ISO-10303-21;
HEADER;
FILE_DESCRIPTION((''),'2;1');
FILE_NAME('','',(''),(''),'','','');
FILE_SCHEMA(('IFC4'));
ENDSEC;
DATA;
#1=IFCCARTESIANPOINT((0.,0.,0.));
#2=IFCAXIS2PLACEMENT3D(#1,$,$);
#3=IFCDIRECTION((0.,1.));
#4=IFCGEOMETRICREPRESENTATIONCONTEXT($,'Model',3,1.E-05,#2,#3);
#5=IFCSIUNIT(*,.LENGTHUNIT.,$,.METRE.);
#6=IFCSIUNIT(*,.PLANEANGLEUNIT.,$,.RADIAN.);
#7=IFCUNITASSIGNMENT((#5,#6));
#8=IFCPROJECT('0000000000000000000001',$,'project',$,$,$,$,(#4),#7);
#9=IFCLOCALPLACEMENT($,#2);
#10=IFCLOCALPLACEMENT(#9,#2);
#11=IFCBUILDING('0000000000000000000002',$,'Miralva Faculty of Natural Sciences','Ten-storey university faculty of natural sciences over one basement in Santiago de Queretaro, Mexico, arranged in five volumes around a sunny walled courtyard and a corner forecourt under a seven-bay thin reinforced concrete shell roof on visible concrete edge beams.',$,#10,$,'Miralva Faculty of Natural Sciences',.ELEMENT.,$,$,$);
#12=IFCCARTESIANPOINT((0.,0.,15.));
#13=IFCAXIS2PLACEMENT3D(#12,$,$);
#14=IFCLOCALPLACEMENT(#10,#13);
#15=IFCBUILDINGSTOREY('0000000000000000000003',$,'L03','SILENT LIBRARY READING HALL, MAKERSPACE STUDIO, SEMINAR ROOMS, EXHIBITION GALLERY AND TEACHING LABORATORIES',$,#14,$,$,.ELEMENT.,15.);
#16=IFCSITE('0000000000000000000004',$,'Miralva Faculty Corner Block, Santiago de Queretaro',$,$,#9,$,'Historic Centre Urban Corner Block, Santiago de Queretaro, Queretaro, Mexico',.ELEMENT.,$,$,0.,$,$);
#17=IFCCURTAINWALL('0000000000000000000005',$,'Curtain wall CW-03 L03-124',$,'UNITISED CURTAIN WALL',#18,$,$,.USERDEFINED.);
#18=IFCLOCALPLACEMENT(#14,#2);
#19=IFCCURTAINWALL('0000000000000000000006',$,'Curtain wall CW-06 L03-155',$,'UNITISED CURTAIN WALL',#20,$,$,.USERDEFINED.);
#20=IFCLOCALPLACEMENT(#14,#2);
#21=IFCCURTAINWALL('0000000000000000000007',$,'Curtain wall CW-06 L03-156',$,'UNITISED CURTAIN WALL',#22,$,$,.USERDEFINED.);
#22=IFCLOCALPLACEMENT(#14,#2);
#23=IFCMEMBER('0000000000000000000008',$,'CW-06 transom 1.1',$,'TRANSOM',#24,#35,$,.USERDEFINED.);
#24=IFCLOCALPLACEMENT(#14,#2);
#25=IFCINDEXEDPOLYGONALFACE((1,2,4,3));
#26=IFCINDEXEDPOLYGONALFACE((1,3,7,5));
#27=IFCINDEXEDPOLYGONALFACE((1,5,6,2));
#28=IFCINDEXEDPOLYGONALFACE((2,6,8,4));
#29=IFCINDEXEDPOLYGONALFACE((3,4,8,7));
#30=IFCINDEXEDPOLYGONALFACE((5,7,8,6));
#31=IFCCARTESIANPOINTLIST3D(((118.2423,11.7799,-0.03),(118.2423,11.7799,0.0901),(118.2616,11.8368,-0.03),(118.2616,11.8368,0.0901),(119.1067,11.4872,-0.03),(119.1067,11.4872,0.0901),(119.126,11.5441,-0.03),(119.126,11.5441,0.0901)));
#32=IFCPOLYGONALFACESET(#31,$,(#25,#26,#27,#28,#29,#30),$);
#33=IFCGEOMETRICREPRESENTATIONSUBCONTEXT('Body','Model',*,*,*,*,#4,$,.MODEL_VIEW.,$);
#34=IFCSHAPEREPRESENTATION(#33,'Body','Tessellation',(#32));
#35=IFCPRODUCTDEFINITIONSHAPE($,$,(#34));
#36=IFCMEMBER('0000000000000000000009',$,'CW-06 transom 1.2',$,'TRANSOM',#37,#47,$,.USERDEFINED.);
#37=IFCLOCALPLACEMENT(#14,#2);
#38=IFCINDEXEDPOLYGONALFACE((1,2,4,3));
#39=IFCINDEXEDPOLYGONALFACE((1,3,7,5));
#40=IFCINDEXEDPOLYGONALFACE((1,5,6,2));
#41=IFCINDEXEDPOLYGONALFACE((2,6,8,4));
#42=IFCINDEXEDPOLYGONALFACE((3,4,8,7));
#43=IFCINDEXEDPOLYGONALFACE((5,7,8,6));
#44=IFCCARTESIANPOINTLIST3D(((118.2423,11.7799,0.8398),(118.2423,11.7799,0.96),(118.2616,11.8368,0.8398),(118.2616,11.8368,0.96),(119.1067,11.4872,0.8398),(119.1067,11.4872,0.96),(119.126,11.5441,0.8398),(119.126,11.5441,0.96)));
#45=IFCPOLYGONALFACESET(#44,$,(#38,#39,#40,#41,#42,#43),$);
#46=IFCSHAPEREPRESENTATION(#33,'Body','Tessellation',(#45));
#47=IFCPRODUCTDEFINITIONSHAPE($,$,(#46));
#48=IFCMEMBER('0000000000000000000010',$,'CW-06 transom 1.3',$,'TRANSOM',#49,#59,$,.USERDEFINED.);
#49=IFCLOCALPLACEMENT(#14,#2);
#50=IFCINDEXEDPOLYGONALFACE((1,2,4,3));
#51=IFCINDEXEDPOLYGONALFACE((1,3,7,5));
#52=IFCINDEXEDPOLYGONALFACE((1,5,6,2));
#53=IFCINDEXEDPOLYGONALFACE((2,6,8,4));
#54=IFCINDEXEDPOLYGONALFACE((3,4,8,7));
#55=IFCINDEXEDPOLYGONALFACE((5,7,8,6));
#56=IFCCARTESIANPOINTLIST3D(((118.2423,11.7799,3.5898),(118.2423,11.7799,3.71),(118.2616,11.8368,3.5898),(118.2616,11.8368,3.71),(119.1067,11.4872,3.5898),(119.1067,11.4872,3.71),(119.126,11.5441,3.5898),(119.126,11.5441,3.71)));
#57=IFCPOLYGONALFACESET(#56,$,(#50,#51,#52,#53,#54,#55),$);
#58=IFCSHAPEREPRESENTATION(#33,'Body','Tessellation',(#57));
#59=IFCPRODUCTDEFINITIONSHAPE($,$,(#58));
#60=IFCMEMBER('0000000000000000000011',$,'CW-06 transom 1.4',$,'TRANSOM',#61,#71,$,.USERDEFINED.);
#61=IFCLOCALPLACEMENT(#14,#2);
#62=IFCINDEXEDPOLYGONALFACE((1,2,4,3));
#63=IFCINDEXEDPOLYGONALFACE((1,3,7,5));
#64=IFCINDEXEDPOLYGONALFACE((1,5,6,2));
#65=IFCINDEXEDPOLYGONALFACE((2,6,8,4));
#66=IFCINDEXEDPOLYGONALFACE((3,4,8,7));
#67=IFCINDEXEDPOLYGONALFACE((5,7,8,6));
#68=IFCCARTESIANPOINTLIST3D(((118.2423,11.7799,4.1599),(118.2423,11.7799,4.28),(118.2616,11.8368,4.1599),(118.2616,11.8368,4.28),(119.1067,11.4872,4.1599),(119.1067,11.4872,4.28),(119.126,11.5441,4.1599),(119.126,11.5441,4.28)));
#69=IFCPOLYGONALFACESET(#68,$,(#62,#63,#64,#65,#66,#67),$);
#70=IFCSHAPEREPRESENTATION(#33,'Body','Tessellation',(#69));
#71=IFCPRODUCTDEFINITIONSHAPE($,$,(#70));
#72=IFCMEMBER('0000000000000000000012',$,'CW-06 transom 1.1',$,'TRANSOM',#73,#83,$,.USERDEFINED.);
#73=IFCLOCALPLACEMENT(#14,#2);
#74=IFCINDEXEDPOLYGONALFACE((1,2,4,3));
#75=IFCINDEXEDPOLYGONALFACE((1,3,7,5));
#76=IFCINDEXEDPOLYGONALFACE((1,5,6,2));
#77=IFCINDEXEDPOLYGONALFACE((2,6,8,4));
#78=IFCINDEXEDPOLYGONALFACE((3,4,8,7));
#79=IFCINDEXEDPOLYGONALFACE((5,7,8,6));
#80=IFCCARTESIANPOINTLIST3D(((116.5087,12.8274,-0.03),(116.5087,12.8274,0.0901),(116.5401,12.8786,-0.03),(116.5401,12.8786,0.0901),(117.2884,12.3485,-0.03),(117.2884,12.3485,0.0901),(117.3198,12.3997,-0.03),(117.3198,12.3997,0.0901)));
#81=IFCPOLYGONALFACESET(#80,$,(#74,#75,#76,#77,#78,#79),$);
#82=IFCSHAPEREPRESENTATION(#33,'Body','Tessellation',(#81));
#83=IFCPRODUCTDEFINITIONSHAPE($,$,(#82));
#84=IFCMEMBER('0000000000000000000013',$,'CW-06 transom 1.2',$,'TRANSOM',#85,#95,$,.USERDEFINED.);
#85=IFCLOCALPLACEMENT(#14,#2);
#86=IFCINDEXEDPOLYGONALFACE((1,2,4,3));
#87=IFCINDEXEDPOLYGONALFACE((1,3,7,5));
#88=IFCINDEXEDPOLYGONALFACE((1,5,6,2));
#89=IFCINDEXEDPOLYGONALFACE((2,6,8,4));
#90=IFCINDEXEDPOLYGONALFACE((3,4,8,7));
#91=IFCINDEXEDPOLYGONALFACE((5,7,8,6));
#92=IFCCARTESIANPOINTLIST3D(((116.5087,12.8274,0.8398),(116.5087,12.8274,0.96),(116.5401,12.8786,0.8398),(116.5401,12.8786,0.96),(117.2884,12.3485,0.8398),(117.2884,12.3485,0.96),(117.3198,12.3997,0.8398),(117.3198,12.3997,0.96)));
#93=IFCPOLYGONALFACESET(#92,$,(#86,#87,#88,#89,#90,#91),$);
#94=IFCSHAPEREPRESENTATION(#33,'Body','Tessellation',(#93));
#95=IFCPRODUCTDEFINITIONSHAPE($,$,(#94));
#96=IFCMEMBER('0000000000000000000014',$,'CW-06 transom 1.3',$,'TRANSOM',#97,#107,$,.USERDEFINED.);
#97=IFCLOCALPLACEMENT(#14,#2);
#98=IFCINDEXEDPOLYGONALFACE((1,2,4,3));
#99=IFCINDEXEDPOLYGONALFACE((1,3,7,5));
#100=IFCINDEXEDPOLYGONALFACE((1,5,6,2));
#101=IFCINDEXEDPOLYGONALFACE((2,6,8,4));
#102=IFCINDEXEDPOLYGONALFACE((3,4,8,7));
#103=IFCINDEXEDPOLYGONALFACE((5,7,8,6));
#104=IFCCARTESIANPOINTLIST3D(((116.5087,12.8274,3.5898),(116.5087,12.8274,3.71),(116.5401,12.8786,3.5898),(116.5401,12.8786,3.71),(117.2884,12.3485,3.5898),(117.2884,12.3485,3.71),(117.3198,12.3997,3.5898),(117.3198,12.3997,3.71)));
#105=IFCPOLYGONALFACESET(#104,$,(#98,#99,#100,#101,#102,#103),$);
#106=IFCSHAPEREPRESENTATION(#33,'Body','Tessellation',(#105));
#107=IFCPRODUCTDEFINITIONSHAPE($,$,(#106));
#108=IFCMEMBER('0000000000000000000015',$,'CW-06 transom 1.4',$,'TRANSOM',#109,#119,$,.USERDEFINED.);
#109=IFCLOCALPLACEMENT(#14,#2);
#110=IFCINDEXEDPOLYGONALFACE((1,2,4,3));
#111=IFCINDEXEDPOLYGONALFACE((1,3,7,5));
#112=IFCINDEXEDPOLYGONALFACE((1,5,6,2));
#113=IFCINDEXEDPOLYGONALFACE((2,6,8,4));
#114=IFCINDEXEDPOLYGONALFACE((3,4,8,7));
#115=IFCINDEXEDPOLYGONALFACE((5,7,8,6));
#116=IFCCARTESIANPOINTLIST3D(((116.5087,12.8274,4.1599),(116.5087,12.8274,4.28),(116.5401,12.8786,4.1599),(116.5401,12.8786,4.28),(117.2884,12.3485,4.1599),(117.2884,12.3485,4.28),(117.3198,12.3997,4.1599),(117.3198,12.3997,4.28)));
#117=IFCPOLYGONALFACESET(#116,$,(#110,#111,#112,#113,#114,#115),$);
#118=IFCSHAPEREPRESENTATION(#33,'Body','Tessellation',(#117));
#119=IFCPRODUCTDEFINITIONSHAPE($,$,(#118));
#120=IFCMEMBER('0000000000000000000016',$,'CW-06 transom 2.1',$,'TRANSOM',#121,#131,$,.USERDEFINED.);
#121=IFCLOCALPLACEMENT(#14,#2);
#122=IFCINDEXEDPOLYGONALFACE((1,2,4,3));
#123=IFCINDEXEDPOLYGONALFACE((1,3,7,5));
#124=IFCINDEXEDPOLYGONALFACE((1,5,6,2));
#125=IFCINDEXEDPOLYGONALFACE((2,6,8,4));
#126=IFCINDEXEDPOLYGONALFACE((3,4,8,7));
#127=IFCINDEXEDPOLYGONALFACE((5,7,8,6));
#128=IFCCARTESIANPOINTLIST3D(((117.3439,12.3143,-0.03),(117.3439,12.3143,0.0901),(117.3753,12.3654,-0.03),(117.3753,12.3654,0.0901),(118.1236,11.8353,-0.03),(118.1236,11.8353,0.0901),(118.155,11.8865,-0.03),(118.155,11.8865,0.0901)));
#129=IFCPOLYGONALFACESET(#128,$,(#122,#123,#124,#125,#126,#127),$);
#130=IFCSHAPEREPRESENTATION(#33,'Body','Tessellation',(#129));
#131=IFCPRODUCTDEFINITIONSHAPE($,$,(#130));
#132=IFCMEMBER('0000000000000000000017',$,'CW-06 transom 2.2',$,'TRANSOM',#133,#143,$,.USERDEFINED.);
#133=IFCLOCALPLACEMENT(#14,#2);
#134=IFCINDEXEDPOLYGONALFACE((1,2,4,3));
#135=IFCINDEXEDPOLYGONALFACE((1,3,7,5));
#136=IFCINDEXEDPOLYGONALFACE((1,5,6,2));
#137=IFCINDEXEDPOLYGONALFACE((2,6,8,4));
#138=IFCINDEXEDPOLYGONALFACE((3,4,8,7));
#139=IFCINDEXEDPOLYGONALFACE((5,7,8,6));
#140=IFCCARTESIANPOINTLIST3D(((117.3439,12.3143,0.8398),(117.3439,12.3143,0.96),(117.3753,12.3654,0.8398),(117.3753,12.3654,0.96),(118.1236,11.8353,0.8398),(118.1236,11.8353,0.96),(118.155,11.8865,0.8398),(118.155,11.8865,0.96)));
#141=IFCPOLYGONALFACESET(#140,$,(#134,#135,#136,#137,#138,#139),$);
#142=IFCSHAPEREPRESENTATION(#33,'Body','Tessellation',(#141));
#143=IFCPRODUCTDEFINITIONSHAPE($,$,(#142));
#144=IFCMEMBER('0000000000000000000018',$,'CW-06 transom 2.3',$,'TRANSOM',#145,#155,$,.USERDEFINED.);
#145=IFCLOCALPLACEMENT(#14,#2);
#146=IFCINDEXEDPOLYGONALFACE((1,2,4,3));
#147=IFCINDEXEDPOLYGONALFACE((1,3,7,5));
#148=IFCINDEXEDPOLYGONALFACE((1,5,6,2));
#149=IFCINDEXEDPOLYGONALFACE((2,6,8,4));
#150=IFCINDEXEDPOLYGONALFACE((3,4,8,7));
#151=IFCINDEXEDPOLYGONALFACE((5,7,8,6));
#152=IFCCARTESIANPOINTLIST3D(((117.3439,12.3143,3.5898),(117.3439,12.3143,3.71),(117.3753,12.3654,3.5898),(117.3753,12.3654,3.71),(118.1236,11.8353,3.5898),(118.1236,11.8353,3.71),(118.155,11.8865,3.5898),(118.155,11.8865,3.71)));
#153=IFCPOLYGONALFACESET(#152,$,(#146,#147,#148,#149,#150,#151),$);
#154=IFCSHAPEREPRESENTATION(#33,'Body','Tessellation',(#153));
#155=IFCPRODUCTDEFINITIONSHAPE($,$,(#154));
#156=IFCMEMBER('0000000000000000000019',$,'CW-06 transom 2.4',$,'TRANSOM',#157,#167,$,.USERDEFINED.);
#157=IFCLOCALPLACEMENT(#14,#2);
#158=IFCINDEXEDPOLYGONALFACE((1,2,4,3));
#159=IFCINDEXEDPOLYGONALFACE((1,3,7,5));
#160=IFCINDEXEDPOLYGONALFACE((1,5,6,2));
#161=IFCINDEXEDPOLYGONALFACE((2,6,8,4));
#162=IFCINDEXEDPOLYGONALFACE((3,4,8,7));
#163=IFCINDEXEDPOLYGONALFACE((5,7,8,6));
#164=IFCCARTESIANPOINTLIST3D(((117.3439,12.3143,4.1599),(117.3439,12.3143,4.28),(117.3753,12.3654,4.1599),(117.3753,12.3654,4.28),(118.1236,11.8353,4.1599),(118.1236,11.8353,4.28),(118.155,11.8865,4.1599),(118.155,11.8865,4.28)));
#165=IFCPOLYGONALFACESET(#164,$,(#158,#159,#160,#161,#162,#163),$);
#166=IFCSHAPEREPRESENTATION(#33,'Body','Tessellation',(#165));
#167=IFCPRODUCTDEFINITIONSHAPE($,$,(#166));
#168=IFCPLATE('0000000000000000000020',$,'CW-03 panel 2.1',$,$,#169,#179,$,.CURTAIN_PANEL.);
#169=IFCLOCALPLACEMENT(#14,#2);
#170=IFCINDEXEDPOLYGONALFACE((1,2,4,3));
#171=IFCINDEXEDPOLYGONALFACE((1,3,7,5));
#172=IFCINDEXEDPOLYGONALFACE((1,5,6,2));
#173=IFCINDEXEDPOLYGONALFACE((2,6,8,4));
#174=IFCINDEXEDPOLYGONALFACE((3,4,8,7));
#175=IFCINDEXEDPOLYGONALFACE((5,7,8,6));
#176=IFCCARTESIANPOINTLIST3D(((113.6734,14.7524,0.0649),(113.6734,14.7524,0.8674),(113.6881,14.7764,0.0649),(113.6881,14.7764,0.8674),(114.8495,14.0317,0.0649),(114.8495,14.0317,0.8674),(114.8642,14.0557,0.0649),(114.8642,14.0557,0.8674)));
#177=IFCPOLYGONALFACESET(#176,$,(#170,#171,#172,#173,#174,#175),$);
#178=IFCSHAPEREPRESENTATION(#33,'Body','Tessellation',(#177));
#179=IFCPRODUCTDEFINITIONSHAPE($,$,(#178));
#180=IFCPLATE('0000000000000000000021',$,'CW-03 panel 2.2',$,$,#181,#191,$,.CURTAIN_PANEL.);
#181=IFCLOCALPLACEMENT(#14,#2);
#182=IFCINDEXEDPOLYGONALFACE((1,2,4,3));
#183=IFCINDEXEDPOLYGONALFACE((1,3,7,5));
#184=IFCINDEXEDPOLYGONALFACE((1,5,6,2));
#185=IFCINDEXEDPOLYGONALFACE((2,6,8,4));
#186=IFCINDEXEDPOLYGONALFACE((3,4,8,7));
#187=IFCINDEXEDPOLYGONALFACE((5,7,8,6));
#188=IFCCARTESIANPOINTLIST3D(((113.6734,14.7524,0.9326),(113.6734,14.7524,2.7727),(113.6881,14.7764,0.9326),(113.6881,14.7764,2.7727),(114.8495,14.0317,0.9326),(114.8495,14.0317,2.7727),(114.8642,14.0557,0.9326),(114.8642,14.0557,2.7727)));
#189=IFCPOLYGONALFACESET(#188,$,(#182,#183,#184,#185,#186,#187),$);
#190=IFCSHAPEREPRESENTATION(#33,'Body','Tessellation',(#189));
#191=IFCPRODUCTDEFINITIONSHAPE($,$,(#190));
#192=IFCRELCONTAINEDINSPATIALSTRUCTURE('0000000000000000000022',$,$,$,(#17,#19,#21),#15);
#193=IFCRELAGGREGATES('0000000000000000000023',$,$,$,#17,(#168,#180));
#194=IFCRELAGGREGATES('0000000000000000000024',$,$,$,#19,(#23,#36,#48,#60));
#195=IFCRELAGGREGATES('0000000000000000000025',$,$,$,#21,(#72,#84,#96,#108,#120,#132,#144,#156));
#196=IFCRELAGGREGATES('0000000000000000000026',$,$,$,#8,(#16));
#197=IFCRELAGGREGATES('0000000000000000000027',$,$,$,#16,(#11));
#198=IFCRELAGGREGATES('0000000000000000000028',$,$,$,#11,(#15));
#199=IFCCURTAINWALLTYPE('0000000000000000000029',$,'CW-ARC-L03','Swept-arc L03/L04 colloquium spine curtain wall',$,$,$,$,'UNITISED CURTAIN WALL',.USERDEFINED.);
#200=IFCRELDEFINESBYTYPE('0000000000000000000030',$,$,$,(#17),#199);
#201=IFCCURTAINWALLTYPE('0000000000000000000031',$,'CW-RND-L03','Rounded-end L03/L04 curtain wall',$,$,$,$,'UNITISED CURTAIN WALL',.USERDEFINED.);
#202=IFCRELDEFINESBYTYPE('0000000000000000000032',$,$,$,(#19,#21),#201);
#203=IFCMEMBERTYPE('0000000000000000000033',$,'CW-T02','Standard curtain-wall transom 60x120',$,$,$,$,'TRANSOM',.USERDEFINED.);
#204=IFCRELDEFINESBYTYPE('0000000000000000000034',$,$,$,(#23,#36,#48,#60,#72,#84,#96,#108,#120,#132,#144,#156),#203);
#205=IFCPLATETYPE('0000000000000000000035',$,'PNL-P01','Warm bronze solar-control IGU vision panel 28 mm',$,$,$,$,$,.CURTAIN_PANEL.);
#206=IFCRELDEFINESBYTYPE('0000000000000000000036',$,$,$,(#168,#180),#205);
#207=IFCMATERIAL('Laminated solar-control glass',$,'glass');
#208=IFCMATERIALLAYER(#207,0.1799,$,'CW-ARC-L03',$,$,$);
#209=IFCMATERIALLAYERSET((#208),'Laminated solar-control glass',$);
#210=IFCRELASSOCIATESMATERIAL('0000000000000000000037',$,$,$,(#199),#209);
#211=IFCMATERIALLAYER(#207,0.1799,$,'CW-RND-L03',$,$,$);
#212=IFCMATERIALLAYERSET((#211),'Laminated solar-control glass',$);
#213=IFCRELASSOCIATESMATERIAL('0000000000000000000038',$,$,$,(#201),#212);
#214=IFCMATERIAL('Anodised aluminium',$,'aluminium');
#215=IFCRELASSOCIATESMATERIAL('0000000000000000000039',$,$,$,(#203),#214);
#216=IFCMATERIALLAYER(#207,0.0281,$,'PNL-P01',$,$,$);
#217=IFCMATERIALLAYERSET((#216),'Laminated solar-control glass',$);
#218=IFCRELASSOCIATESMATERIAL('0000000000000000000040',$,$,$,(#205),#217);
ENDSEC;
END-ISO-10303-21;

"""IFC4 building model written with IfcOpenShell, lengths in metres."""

from ifc_helpers import new_model, si_unit, direction, frame, origin, origin_2d, place, context, subcontext, project, spatial, rectangle, extrude, material, layer, layer_set, material_profile, profile_set, type_object, element, aggregate, save


model = new_model("IFC4")

# Units and contexts
model_context = context("Model", 3, precision=1e-05, world=origin(), true_north=direction((0.0, 1.0)))
body_context = subcontext(model_context, "Body", "Model", "MODEL_VIEW")
ifc_project = project(units=[si_unit("LENGTHUNIT", "METRE"), si_unit("PLANEANGLEUNIT", "RADIAN")], contexts=[model_context])

# Site, building, storey
site_placement = place(None, origin())
site = spatial("IfcSite", under=ifc_project, at=site_placement, Name="Miralva Faculty Corner Block, Santiago de Queretaro", LongName="Historic Centre Urban Corner Block, Santiago de Queretaro, Queretaro, Mexico", CompositionType="ELEMENT", RefElevation=0.0)
building_placement = place(site_placement, origin())
building = spatial("IfcBuilding", under=site, at=building_placement, Name="Miralva Faculty of Natural Sciences", Description="Ten-storey university faculty of natural sciences over one basement in Santiago de Queretaro, Mexico, arranged in five volumes around a sunny walled courtyard and a corner forecourt under a seven-bay thin reinforced concrete shell roof on visible concrete edge beams.", LongName="Miralva Faculty of Natural Sciences", CompositionType="ELEMENT")
storey_placement = place(building_placement, frame((0.0, 0.0, 15.0)))
storey = spatial("IfcBuildingStorey", under=building, at=storey_placement, Name="L03", Description="SILENT LIBRARY READING HALL, MAKERSPACE STUDIO, SEMINAR ROOMS, EXHIBITION GALLERY AND TEACHING LABORATORIES", CompositionType="ELEMENT", Elevation=15.0)

# Curtain walls
ifc_material_1 = material(Name="Laminated solar-control glass", Category="glass")
ifc_layer_1 = layer(ifc_material_1, 0.1799, Name="CW-ARC-L03")
ifc_layer_set_1 = layer_set([ifc_layer_1], Name="Laminated solar-control glass")
curtain_wall_type_1 = type_object("IfcCurtainWallType", Name="CW-ARC-L03", Description="Swept-arc L03/L04 colloquium spine curtain wall", ElementType="UNITISED CURTAIN WALL", PredefinedType="USERDEFINED", material=ifc_layer_set_1)
curtain_wall_1_placement = place(storey_placement, origin())
curtain_wall_1 = element("IfcCurtainWall", 1, at=curtain_wall_1_placement, inside=storey, type_object=curtain_wall_type_1, Name="Curtain wall CW-03 L03-124", ObjectType="UNITISED CURTAIN WALL", PredefinedType="USERDEFINED")
ifc_material_2 = material(Name="Anodised aluminium", Category="aluminium")
ifc_layer_2 = layer(ifc_material_1, 0.1799, Name="CW-RND-L03")
ifc_layer_set_2 = layer_set([ifc_layer_2], Name="Laminated solar-control glass")
curtain_wall_type_2 = type_object("IfcCurtainWallType", Name="CW-RND-L03", Description="Rounded-end L03/L04 curtain wall", ElementType="UNITISED CURTAIN WALL", PredefinedType="USERDEFINED", material=ifc_layer_set_2)
curtain_wall_2_placement = place(storey_placement, origin())
curtain_wall_2 = element("IfcCurtainWall", 2, at=curtain_wall_2_placement, inside=storey, type_object=curtain_wall_type_2, Name="Curtain wall CW-06 L03-155", ObjectType="UNITISED CURTAIN WALL", PredefinedType="USERDEFINED")

# Curtain wall
curtain_wall_3_placement = place(storey_placement, origin())
curtain_wall_3 = element("IfcCurtainWall", 3, at=curtain_wall_3_placement, inside=storey, type_object=curtain_wall_type_2, Name="Curtain wall CW-06 L03-156", ObjectType="UNITISED CURTAIN WALL", PredefinedType="USERDEFINED")

# Members
ifc_material_profile_1 = material_profile(ifc_material_2, rectangle(XDim=0.0601, YDim=0.1201, at=origin_2d()), Name="TRANSOM 60x120")
ifc_profile_set_1 = profile_set([ifc_material_profile_1], Name="Anodised aluminium")
member_type_1 = type_object("IfcMemberType", Name="CW-T02", Description="Standard curtain-wall transom 60x120", ElementType="TRANSOM", PredefinedType="USERDEFINED", material=ifc_profile_set_1)
member_1_placement = place(storey_placement, frame((118.252, 11.8083, 0.03), z_axis=(0.947175, -0.320718, 0.0), x_axis=(0.320718, 0.947175, 0.0)))
member_1 = element("IfcMember", 4, at=member_1_placement, type_object=member_type_1, Name="CW-06 transom 1.1", ObjectType="TRANSOM", PredefinedType="USERDEFINED", context=body_context, shape_type="SweptSolid", body=[
    extrude(rectangle(XDim=0.0601, YDim=0.1201, at=origin_2d()), origin(), (0.0, 0.0, 1.0), 0.9126),
])
member_2_placement = place(storey_placement, frame((118.252, 11.8083, 0.8999), z_axis=(0.947175, -0.320718, 0.0), x_axis=(0.320718, 0.947175, 0.0)))
member_2 = element("IfcMember", 5, at=member_2_placement, type_object=member_type_1, Name="CW-06 transom 1.2", ObjectType="TRANSOM", PredefinedType="USERDEFINED", context=body_context, shape_type="SweptSolid", body=[
    extrude(rectangle(XDim=0.0601, YDim=0.1201, at=origin_2d()), origin(), (0.0, 0.0, 1.0), 0.9126),
])
member_3_placement = place(storey_placement, frame((118.252, 11.8083, 3.6499), z_axis=(0.947175, -0.320718, 0.0), x_axis=(0.320718, 0.947175, 0.0)))
member_3 = element("IfcMember", 6, at=member_3_placement, type_object=member_type_1, Name="CW-06 transom 1.3", ObjectType="TRANSOM", PredefinedType="USERDEFINED", context=body_context, shape_type="SweptSolid", body=[
    extrude(rectangle(XDim=0.0601, YDim=0.1201, at=origin_2d()), origin(), (0.0, 0.0, 1.0), 0.9126),
])
member_4_placement = place(storey_placement, frame((118.252, 11.8083, 4.22), z_axis=(0.947175, -0.320718, 0.0), x_axis=(0.320718, 0.947175, 0.0)))
member_4 = element("IfcMember", 7, at=member_4_placement, type_object=member_type_1, Name="CW-06 transom 1.4", ObjectType="TRANSOM", PredefinedType="USERDEFINED", context=body_context, shape_type="SweptSolid", body=[
    extrude(rectangle(XDim=0.0601, YDim=0.1201, at=origin_2d()), origin(), (0.0, 0.0, 1.0), 0.9126),
])
member_5_placement = place(storey_placement, frame((116.5244, 12.853, 0.03), z_axis=(0.852079, -0.523413, 0.0), x_axis=(0.523413, 0.852079, 0.0)))
member_5 = element("IfcMember", 8, at=member_5_placement, type_object=member_type_1, Name="CW-06 transom 1.1", ObjectType="TRANSOM", PredefinedType="USERDEFINED", context=body_context, shape_type="SweptSolid", body=[
    extrude(rectangle(XDim=0.0601, YDim=0.1201, at=origin_2d()), origin(), (0.0, 0.0, 1.0), 0.915),
])
member_6_placement = place(storey_placement, frame((116.5244, 12.853, 0.8999), z_axis=(0.852079, -0.523413, 0.0), x_axis=(0.523413, 0.852079, 0.0)))
member_6 = element("IfcMember", 9, at=member_6_placement, type_object=member_type_1, Name="CW-06 transom 1.2", ObjectType="TRANSOM", PredefinedType="USERDEFINED", context=body_context, shape_type="SweptSolid", body=[
    extrude(rectangle(XDim=0.0601, YDim=0.1201, at=origin_2d()), origin(), (0.0, 0.0, 1.0), 0.915),
])
member_7_placement = place(storey_placement, frame((116.5244, 12.853, 3.6499), z_axis=(0.852079, -0.523413, 0.0), x_axis=(0.523413, 0.852079, 0.0)))
member_7 = element("IfcMember", 10, at=member_7_placement, type_object=member_type_1, Name="CW-06 transom 1.3", ObjectType="TRANSOM", PredefinedType="USERDEFINED", context=body_context, shape_type="SweptSolid", body=[
    extrude(rectangle(XDim=0.0601, YDim=0.1201, at=origin_2d()), origin(), (0.0, 0.0, 1.0), 0.915),
])
member_8_placement = place(storey_placement, frame((116.5244, 12.853, 4.22), z_axis=(0.852079, -0.523413, 0.0), x_axis=(0.523413, 0.852079, 0.0)))
member_8 = element("IfcMember", 11, at=member_8_placement, type_object=member_type_1, Name="CW-06 transom 1.4", ObjectType="TRANSOM", PredefinedType="USERDEFINED", context=body_context, shape_type="SweptSolid", body=[
    extrude(rectangle(XDim=0.0601, YDim=0.1201, at=origin_2d()), origin(), (0.0, 0.0, 1.0), 0.915),
])
member_9_placement = place(storey_placement, frame((117.3596, 12.3398, 0.03), z_axis=(0.852079, -0.523413, 0.0), x_axis=(0.523413, 0.852079, 0.0)))
member_9 = element("IfcMember", 12, at=member_9_placement, type_object=member_type_1, Name="CW-06 transom 2.1", ObjectType="TRANSOM", PredefinedType="USERDEFINED", context=body_context, shape_type="SweptSolid", body=[
    extrude(rectangle(XDim=0.0601, YDim=0.1201, at=origin_2d()), origin(), (0.0, 0.0, 1.0), 0.915),
])
member_10_placement = place(storey_placement, frame((117.3596, 12.3398, 0.8999), z_axis=(0.852079, -0.523413, 0.0), x_axis=(0.523413, 0.852079, 0.0)))
member_10 = element("IfcMember", 13, at=member_10_placement, type_object=member_type_1, Name="CW-06 transom 2.2", ObjectType="TRANSOM", PredefinedType="USERDEFINED", context=body_context, shape_type="SweptSolid", body=[
    extrude(rectangle(XDim=0.0601, YDim=0.1201, at=origin_2d()), origin(), (0.0, 0.0, 1.0), 0.915),
])
member_11_placement = place(storey_placement, frame((117.3596, 12.3398, 3.6499), z_axis=(0.852079, -0.523413, 0.0), x_axis=(0.523413, 0.852079, 0.0)))
member_11 = element("IfcMember", 14, at=member_11_placement, type_object=member_type_1, Name="CW-06 transom 2.3", ObjectType="TRANSOM", PredefinedType="USERDEFINED", context=body_context, shape_type="SweptSolid", body=[
    extrude(rectangle(XDim=0.0601, YDim=0.1201, at=origin_2d()), origin(), (0.0, 0.0, 1.0), 0.915),
])
member_12_placement = place(storey_placement, frame((117.3596, 12.3398, 4.22), z_axis=(0.852079, -0.523413, 0.0), x_axis=(0.523413, 0.852079, 0.0)))
member_12 = element("IfcMember", 15, at=member_12_placement, type_object=member_type_1, Name="CW-06 transom 2.4", ObjectType="TRANSOM", PredefinedType="USERDEFINED", context=body_context, shape_type="SweptSolid", body=[
    extrude(rectangle(XDim=0.0601, YDim=0.1201, at=origin_2d()), origin(), (0.0, 0.0, 1.0), 0.915),
])

# Plates
ifc_layer_3 = layer(ifc_material_1, 0.0281, Name="PNL-P01")
ifc_layer_set_3 = layer_set([ifc_layer_3], Name="Laminated solar-control glass")
plate_type = type_object("IfcPlateType", Name="PNL-P01", Description="Warm bronze solar-control IGU vision panel 28 mm", PredefinedType="CURTAIN_PANEL", material=ifc_layer_set_3)
plate_1_placement = place(storey_placement, frame((114.2688, 14.4041, 0.0649), z_axis=(0.0, 0.0, 1.0), x_axis=(0.852646, -0.522489, 0.0)))
plate_1 = element("IfcPlate", 16, at=plate_1_placement, type_object=plate_type, Name="CW-03 panel 2.1", PredefinedType="CURTAIN_PANEL", context=body_context, shape_type="SweptSolid", body=[
    extrude(rectangle(XDim=1.3794, YDim=0.0281, at=origin_2d()), origin(), (0.0, 0.0, 1.0), 0.8025),
])
plate_2_placement = place(storey_placement, frame((114.2688, 14.4041, 0.9326), z_axis=(0.0, 0.0, 1.0), x_axis=(0.852646, -0.522489, 0.0)))
plate_2 = element("IfcPlate", 17, at=plate_2_placement, type_object=plate_type, Name="CW-03 panel 2.2", PredefinedType="CURTAIN_PANEL", context=body_context, shape_type="SweptSolid", body=[
    extrude(rectangle(XDim=1.3794, YDim=0.0281, at=origin_2d()), origin(), (0.0, 0.0, 1.0), 1.8401),
])
aggregate(curtain_wall_1, [plate_1, plate_2])
aggregate(curtain_wall_2, [member_1, member_2, member_3, member_4])
aggregate(curtain_wall_3, [member_5, member_6, member_7, member_8, member_9, member_10, member_11, member_12])

save(model, "model.ifc")
